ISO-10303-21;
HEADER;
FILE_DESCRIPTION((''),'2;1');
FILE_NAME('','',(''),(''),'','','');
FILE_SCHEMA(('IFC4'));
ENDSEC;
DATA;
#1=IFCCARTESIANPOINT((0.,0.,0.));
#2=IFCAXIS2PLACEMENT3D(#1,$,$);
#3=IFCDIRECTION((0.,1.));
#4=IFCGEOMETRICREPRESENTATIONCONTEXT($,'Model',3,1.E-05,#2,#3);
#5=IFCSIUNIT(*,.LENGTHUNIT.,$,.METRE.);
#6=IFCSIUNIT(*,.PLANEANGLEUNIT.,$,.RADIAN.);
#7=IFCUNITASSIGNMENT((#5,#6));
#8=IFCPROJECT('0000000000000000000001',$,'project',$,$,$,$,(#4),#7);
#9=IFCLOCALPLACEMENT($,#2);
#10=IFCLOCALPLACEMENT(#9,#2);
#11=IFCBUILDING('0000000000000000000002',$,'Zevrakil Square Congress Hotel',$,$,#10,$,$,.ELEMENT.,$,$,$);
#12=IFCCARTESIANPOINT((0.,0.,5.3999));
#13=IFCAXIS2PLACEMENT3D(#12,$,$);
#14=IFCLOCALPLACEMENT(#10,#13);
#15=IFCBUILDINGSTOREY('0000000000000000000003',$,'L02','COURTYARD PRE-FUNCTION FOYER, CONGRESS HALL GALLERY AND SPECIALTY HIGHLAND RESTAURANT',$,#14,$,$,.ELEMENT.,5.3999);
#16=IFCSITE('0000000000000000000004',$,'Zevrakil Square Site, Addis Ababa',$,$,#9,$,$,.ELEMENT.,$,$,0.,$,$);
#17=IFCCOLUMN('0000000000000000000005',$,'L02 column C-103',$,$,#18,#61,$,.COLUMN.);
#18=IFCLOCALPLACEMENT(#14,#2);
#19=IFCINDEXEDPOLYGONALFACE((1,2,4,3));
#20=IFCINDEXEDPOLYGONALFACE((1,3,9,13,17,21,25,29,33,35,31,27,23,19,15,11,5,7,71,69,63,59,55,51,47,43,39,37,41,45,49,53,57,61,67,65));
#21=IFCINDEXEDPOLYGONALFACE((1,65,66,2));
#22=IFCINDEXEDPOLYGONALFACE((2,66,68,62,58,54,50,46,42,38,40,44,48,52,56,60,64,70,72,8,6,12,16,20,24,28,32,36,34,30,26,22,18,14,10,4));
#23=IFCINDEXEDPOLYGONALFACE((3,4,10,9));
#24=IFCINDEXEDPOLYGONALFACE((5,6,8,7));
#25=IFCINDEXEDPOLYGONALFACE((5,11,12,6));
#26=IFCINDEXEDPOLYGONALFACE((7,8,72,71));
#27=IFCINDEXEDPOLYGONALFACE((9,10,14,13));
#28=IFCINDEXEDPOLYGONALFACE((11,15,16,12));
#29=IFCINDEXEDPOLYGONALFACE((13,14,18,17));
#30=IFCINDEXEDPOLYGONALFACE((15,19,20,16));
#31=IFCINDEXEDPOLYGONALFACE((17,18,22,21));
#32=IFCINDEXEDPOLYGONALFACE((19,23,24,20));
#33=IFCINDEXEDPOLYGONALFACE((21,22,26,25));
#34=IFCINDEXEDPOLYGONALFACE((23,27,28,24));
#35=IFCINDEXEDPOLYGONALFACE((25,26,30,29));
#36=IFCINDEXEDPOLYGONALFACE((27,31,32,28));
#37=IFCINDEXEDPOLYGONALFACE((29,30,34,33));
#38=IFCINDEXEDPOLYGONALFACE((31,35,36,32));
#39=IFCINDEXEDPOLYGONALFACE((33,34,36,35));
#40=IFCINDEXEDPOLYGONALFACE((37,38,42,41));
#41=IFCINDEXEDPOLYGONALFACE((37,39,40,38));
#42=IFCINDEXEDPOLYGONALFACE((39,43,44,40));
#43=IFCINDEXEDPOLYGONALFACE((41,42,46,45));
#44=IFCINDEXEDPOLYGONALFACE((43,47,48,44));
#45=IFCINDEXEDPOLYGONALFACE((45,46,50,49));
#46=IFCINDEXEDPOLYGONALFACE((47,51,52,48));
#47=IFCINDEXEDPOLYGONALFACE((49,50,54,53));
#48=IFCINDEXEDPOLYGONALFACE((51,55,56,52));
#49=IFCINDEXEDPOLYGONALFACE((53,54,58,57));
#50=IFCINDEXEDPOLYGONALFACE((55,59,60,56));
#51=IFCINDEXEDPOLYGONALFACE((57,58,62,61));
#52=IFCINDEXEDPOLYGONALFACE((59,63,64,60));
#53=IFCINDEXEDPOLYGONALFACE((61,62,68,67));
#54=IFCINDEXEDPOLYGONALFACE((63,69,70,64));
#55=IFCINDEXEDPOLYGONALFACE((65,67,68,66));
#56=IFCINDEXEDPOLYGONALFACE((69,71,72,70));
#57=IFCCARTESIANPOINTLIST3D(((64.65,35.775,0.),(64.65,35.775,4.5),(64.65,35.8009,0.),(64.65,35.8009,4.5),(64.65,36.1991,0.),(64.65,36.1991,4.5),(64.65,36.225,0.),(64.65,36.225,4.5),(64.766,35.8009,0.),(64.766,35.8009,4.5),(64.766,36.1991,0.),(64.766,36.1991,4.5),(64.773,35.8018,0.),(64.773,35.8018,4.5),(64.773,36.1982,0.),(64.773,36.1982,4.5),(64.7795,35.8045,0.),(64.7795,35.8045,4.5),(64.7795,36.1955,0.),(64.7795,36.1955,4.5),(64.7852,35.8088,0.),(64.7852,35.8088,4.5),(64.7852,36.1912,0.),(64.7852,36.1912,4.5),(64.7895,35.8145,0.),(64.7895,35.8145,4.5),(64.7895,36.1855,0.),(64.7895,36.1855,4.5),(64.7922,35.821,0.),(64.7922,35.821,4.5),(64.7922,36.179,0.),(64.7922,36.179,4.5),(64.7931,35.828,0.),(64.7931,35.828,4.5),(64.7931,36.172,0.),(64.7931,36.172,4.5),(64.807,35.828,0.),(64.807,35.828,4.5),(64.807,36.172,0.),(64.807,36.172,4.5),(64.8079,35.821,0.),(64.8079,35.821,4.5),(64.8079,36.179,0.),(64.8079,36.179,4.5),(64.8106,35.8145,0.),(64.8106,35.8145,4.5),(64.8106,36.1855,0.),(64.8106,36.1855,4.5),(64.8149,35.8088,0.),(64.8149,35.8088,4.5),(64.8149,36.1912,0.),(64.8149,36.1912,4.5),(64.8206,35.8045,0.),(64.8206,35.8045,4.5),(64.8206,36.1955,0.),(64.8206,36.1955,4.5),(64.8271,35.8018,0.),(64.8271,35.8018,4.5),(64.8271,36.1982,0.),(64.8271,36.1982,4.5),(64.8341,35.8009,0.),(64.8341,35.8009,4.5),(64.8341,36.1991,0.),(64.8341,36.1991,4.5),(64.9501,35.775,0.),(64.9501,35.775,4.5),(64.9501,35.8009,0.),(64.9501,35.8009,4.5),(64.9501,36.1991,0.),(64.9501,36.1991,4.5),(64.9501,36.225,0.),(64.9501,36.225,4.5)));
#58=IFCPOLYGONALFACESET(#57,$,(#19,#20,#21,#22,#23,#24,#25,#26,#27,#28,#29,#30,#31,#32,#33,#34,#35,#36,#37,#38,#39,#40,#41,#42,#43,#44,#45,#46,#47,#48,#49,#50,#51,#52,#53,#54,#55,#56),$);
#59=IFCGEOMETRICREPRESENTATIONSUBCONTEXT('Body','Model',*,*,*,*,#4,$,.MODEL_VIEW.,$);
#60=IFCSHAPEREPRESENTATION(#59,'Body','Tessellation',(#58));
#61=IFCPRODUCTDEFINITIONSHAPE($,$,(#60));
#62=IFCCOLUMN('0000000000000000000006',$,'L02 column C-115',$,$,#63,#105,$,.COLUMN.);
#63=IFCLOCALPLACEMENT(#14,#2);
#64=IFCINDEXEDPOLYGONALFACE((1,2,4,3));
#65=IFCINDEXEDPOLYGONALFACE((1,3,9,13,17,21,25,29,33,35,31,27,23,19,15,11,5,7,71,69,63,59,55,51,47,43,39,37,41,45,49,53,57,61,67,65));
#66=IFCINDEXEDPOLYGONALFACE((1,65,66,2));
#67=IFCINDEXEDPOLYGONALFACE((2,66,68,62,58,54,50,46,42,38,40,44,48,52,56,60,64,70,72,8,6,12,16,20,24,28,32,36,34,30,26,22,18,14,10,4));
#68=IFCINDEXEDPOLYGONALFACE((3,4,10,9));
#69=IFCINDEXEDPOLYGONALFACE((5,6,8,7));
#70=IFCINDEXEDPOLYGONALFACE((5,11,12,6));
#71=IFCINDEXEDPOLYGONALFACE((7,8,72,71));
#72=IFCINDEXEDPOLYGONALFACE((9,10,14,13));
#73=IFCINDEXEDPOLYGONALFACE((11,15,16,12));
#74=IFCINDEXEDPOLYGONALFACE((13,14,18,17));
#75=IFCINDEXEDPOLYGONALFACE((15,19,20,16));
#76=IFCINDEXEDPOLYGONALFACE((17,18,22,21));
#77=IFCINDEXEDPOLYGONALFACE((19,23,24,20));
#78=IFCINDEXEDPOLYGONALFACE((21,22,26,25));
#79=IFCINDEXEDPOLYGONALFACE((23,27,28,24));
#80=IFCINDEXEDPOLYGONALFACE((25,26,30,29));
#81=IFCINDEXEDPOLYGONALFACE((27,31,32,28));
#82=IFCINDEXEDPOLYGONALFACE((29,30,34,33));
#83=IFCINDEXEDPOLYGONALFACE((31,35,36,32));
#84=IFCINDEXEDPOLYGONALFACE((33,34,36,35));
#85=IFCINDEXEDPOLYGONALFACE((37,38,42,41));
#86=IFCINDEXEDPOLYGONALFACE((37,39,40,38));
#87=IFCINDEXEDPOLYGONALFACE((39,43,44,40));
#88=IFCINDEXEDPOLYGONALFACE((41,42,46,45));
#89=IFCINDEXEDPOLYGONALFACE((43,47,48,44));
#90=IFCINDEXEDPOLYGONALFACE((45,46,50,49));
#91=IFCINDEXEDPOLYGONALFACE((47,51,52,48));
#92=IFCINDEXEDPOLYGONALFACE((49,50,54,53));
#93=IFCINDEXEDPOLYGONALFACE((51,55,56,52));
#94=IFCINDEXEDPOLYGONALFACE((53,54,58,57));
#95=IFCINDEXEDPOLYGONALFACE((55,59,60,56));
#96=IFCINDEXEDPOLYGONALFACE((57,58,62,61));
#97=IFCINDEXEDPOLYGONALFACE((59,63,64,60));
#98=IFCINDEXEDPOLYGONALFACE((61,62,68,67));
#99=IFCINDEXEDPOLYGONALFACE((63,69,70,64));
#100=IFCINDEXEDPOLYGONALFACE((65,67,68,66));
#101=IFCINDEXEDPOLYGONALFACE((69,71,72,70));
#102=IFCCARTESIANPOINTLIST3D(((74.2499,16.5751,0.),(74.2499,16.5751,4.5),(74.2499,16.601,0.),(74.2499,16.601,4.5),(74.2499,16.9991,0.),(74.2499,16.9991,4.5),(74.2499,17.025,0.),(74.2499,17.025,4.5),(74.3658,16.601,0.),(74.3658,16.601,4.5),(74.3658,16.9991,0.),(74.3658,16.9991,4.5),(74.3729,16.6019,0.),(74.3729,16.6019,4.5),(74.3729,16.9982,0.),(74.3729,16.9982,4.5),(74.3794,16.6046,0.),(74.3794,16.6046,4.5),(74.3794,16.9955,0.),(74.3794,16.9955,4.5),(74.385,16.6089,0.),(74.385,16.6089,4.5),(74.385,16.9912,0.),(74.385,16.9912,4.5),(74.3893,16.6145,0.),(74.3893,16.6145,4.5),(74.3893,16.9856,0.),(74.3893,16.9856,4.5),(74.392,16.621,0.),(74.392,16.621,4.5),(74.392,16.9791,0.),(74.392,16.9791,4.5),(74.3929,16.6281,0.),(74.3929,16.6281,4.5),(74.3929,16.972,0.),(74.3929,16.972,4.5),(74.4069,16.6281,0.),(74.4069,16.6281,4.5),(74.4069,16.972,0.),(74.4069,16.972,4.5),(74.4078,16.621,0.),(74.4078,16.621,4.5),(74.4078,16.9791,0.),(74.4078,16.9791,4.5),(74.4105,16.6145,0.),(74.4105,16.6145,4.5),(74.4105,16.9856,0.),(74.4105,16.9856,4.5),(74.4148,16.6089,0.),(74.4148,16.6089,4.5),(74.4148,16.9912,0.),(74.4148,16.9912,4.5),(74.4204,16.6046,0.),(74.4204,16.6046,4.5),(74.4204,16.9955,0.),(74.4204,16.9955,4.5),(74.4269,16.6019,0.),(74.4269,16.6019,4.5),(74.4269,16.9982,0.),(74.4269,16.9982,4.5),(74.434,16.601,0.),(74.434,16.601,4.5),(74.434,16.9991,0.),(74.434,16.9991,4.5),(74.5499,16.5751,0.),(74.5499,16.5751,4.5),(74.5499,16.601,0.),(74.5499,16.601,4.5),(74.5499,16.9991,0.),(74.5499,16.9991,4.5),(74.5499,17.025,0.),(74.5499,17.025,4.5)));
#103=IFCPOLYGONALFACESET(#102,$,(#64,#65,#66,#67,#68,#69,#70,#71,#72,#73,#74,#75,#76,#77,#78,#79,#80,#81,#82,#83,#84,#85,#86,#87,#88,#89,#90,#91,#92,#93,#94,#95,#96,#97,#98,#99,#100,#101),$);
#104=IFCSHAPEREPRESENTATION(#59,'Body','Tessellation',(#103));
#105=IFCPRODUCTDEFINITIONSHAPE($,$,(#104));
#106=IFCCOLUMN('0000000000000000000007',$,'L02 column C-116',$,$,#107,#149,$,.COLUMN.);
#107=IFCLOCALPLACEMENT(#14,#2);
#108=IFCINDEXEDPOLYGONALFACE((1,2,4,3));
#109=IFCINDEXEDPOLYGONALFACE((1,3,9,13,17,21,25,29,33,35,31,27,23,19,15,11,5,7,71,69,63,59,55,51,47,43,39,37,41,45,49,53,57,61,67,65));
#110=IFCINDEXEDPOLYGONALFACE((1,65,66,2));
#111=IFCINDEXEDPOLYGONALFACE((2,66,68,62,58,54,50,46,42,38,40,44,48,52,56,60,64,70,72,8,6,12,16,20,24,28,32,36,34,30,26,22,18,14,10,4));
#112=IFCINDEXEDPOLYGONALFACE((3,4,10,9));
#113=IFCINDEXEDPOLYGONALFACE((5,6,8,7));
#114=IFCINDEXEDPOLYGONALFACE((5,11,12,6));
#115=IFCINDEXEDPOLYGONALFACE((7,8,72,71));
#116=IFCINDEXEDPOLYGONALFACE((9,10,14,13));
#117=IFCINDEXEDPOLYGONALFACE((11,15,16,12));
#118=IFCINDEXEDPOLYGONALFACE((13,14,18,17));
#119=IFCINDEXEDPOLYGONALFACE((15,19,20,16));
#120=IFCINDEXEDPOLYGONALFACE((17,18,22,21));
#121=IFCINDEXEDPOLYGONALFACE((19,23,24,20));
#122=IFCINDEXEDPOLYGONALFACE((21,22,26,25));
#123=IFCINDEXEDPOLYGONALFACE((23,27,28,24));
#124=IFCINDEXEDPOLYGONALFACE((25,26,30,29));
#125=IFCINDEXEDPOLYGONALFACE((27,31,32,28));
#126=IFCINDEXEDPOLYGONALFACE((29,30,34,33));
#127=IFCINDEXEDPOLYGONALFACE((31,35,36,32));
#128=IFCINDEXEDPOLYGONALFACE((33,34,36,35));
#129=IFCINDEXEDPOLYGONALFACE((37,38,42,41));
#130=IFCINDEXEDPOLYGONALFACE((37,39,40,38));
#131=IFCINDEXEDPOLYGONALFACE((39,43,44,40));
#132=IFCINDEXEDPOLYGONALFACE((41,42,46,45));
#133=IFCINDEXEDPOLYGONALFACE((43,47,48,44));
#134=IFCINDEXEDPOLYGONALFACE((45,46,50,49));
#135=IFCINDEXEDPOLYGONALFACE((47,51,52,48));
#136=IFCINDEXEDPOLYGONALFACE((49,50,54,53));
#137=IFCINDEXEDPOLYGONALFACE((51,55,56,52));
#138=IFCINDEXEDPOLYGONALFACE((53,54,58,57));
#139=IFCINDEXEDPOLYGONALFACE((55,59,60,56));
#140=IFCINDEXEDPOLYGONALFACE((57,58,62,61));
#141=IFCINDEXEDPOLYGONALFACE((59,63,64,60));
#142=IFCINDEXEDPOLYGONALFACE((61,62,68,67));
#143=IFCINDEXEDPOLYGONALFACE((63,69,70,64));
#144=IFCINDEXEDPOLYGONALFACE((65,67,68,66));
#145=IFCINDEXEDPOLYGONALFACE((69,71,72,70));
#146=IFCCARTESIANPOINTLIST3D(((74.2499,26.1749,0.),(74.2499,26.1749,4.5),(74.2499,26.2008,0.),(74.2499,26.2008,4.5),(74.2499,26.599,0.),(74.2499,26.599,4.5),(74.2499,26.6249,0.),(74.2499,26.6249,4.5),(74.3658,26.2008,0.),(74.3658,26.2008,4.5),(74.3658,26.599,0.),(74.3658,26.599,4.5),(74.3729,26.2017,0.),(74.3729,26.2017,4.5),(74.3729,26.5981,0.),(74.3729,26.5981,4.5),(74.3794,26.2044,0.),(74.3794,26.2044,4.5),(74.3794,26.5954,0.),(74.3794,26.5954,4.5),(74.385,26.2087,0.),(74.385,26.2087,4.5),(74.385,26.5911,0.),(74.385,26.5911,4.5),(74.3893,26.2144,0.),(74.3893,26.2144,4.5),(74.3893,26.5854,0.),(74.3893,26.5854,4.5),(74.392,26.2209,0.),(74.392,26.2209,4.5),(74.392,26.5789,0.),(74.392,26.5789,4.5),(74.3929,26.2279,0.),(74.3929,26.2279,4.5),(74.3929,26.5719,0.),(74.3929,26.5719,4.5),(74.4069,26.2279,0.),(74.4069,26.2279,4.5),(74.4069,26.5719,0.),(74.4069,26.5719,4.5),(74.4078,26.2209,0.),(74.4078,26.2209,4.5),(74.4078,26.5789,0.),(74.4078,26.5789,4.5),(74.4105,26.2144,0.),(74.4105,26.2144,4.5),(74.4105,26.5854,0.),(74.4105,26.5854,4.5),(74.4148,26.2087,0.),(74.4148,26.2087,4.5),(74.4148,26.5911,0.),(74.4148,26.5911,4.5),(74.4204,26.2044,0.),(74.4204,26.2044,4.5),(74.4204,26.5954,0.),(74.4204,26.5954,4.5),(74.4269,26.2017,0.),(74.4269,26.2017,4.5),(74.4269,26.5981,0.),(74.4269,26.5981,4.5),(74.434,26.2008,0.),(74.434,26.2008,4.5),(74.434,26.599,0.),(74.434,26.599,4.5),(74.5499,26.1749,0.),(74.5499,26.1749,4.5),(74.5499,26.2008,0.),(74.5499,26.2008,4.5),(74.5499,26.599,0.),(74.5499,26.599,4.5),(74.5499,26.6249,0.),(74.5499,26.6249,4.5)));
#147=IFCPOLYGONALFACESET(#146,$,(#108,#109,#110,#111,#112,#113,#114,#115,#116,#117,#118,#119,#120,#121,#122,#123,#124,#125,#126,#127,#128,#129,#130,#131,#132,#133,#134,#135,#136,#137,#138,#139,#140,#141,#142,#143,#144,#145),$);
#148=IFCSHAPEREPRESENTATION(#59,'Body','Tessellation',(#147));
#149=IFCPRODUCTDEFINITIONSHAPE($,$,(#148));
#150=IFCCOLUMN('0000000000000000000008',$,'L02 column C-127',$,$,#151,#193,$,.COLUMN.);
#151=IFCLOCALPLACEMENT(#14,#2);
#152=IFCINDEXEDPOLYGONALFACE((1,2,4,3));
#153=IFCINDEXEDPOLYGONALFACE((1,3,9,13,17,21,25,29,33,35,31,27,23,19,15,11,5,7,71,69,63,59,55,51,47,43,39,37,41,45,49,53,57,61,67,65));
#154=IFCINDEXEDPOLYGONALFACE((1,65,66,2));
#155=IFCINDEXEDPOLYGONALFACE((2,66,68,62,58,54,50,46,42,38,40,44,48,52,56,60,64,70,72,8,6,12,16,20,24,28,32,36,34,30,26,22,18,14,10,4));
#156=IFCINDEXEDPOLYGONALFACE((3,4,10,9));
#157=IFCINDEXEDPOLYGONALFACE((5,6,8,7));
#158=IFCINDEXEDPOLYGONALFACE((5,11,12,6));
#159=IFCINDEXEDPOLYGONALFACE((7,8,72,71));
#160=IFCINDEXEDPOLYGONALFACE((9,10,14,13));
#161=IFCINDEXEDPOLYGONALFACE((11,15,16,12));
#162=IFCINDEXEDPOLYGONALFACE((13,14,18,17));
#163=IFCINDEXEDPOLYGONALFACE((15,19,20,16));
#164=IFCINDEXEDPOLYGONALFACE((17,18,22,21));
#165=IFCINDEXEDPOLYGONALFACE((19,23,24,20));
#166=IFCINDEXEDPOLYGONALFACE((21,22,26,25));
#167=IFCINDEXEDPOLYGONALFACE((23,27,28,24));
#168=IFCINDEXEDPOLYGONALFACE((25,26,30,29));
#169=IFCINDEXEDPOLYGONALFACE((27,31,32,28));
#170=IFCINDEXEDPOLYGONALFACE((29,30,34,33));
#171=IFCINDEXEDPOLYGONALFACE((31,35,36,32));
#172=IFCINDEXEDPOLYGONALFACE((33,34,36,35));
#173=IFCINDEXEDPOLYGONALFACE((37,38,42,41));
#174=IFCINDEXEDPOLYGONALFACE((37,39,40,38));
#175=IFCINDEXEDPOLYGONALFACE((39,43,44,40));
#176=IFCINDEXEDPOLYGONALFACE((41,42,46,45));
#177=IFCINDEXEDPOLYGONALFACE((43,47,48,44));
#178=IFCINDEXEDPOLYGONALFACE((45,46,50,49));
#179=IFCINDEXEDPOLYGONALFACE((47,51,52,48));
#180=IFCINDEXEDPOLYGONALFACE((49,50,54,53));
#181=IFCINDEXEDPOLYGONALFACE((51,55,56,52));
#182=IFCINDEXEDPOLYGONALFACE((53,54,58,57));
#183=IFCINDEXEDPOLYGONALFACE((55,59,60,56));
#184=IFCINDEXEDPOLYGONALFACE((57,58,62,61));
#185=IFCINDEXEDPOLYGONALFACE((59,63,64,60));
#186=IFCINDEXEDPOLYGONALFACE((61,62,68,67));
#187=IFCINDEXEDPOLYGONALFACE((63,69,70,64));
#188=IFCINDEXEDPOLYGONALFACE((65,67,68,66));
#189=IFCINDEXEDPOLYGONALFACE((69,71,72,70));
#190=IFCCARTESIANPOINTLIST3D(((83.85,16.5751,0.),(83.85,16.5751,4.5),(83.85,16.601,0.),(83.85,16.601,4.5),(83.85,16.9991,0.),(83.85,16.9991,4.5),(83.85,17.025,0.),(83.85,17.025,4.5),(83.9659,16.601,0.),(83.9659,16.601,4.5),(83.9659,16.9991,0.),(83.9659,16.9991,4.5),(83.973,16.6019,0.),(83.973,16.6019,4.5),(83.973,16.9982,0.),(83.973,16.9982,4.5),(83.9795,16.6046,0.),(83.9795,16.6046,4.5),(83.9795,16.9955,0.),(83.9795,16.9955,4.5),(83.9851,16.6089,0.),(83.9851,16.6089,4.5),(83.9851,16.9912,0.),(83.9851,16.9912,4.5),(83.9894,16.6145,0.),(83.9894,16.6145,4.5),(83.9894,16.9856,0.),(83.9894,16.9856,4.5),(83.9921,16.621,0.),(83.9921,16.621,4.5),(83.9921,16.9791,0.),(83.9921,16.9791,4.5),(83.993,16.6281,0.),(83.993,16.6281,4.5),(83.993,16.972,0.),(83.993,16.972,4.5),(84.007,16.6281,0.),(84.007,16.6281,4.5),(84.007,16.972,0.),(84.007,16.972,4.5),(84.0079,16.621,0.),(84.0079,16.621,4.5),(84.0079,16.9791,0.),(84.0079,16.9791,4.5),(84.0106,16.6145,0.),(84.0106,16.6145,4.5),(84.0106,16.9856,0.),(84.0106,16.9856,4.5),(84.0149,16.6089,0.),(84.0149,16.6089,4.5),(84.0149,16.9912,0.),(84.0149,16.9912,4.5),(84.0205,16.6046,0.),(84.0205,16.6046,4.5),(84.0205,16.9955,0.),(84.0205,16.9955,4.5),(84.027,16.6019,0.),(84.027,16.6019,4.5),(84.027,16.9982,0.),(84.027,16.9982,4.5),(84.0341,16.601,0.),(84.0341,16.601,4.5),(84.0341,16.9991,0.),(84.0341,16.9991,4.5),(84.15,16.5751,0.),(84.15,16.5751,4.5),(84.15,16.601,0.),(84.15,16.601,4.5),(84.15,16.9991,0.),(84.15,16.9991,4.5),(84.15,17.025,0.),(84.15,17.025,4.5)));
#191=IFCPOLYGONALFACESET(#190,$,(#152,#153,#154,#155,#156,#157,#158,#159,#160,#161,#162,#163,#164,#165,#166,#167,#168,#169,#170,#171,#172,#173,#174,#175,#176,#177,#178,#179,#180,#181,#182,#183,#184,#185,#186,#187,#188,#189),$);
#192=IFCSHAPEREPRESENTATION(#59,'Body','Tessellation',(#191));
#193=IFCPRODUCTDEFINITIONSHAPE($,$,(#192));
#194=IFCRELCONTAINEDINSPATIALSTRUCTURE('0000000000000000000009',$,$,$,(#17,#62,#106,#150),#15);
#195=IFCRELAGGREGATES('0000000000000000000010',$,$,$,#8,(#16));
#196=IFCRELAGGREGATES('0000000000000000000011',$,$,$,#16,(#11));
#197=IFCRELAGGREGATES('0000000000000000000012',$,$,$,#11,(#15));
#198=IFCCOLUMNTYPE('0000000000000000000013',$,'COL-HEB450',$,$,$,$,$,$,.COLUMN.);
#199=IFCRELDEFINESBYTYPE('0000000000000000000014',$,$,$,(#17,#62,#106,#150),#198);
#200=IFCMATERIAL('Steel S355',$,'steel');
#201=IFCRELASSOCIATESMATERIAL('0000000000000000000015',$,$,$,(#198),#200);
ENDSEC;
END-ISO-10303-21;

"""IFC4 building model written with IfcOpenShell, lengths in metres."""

from ifc_helpers import new_model, si_unit, direction, frame, origin, origin_2d, place, context, subcontext, project, spatial, i_section, extrude, material, material_profile, profile_set, type_object, element, save


model = new_model("IFC4")

# Units and contexts
model_context = context("Model", 3, precision=1e-05, world=origin(), true_north=direction((0.0, 1.0)))
body_context = subcontext(model_context, "Body", "Model", "MODEL_VIEW")
ifc_project = project(units=[si_unit("LENGTHUNIT", "METRE"), si_unit("PLANEANGLEUNIT", "RADIAN")], contexts=[model_context])

# Site, building, storey
site_placement = place(None, origin())
site = spatial("IfcSite", under=ifc_project, at=site_placement, Name="Zevrakil Square Site, Addis Ababa", CompositionType="ELEMENT", RefElevation=0.0)
building_placement = place(site_placement, origin())
building = spatial("IfcBuilding", under=site, at=building_placement, Name="Zevrakil Square Congress Hotel", CompositionType="ELEMENT")
storey_placement = place(building_placement, frame((0.0, 0.0, 5.3999)))
storey = spatial("IfcBuildingStorey", under=building, at=storey_placement, Name="L02", Description="COURTYARD PRE-FUNCTION FOYER, CONGRESS HALL GALLERY AND SPECIALTY HIGHLAND RESTAURANT", CompositionType="ELEMENT", Elevation=5.3999)

# Columns
ifc_material_1 = material(Name="Steel S355", Category="steel")
ifc_material_profile_1 = material_profile(ifc_material_1, i_section(OverallWidth=0.3, OverallDepth=0.45, WebThickness=0.0139, FlangeThickness=0.0259, FilletRadius=0.0271, at=origin_2d()), Name="HEB 450")
ifc_profile_set_1 = profile_set([ifc_material_profile_1], Name="Steel S355")
column_type = type_object("IfcColumnType", Name="COL-HEB450", PredefinedType="COLUMN", material=ifc_profile_set_1)
for number, where, z_axis, x_axis, name in (
    (1, (64.8, 36.0, 0.0), (0.0, 0.0, 1.0), (1.0, 0.0, 0.0), "L02 column C-103"),
    (2, (74.3999, 16.8, 0.0), (0.0, 0.0, 1.0), (1.0, 0.0, 0.0), "L02 column C-115"),
    (3, (74.3999, 26.3999, 0.0), (0.0, 0.0, 1.0), (1.0, 0.0, 0.0), "L02 column C-116"),
    (4, (84.0, 16.8, 0.0), (0.0, 0.0, 1.0), (1.0, 0.0, 0.0), "L02 column C-127"),
):
    element("IfcColumn", number, at=place(storey_placement, frame(where, z_axis=z_axis, x_axis=x_axis)), inside=storey, type_object=column_type, Name=name, PredefinedType="COLUMN", context=body_context, shape_type="SweptSolid", body=[
        extrude(i_section(OverallWidth=0.3, OverallDepth=0.45, WebThickness=0.0139, FlangeThickness=0.0259, FilletRadius=0.0271, at=origin_2d()), origin(), (0.0, 0.0, 1.0), 4.5),
    ])

save(model, "model.ifc")
